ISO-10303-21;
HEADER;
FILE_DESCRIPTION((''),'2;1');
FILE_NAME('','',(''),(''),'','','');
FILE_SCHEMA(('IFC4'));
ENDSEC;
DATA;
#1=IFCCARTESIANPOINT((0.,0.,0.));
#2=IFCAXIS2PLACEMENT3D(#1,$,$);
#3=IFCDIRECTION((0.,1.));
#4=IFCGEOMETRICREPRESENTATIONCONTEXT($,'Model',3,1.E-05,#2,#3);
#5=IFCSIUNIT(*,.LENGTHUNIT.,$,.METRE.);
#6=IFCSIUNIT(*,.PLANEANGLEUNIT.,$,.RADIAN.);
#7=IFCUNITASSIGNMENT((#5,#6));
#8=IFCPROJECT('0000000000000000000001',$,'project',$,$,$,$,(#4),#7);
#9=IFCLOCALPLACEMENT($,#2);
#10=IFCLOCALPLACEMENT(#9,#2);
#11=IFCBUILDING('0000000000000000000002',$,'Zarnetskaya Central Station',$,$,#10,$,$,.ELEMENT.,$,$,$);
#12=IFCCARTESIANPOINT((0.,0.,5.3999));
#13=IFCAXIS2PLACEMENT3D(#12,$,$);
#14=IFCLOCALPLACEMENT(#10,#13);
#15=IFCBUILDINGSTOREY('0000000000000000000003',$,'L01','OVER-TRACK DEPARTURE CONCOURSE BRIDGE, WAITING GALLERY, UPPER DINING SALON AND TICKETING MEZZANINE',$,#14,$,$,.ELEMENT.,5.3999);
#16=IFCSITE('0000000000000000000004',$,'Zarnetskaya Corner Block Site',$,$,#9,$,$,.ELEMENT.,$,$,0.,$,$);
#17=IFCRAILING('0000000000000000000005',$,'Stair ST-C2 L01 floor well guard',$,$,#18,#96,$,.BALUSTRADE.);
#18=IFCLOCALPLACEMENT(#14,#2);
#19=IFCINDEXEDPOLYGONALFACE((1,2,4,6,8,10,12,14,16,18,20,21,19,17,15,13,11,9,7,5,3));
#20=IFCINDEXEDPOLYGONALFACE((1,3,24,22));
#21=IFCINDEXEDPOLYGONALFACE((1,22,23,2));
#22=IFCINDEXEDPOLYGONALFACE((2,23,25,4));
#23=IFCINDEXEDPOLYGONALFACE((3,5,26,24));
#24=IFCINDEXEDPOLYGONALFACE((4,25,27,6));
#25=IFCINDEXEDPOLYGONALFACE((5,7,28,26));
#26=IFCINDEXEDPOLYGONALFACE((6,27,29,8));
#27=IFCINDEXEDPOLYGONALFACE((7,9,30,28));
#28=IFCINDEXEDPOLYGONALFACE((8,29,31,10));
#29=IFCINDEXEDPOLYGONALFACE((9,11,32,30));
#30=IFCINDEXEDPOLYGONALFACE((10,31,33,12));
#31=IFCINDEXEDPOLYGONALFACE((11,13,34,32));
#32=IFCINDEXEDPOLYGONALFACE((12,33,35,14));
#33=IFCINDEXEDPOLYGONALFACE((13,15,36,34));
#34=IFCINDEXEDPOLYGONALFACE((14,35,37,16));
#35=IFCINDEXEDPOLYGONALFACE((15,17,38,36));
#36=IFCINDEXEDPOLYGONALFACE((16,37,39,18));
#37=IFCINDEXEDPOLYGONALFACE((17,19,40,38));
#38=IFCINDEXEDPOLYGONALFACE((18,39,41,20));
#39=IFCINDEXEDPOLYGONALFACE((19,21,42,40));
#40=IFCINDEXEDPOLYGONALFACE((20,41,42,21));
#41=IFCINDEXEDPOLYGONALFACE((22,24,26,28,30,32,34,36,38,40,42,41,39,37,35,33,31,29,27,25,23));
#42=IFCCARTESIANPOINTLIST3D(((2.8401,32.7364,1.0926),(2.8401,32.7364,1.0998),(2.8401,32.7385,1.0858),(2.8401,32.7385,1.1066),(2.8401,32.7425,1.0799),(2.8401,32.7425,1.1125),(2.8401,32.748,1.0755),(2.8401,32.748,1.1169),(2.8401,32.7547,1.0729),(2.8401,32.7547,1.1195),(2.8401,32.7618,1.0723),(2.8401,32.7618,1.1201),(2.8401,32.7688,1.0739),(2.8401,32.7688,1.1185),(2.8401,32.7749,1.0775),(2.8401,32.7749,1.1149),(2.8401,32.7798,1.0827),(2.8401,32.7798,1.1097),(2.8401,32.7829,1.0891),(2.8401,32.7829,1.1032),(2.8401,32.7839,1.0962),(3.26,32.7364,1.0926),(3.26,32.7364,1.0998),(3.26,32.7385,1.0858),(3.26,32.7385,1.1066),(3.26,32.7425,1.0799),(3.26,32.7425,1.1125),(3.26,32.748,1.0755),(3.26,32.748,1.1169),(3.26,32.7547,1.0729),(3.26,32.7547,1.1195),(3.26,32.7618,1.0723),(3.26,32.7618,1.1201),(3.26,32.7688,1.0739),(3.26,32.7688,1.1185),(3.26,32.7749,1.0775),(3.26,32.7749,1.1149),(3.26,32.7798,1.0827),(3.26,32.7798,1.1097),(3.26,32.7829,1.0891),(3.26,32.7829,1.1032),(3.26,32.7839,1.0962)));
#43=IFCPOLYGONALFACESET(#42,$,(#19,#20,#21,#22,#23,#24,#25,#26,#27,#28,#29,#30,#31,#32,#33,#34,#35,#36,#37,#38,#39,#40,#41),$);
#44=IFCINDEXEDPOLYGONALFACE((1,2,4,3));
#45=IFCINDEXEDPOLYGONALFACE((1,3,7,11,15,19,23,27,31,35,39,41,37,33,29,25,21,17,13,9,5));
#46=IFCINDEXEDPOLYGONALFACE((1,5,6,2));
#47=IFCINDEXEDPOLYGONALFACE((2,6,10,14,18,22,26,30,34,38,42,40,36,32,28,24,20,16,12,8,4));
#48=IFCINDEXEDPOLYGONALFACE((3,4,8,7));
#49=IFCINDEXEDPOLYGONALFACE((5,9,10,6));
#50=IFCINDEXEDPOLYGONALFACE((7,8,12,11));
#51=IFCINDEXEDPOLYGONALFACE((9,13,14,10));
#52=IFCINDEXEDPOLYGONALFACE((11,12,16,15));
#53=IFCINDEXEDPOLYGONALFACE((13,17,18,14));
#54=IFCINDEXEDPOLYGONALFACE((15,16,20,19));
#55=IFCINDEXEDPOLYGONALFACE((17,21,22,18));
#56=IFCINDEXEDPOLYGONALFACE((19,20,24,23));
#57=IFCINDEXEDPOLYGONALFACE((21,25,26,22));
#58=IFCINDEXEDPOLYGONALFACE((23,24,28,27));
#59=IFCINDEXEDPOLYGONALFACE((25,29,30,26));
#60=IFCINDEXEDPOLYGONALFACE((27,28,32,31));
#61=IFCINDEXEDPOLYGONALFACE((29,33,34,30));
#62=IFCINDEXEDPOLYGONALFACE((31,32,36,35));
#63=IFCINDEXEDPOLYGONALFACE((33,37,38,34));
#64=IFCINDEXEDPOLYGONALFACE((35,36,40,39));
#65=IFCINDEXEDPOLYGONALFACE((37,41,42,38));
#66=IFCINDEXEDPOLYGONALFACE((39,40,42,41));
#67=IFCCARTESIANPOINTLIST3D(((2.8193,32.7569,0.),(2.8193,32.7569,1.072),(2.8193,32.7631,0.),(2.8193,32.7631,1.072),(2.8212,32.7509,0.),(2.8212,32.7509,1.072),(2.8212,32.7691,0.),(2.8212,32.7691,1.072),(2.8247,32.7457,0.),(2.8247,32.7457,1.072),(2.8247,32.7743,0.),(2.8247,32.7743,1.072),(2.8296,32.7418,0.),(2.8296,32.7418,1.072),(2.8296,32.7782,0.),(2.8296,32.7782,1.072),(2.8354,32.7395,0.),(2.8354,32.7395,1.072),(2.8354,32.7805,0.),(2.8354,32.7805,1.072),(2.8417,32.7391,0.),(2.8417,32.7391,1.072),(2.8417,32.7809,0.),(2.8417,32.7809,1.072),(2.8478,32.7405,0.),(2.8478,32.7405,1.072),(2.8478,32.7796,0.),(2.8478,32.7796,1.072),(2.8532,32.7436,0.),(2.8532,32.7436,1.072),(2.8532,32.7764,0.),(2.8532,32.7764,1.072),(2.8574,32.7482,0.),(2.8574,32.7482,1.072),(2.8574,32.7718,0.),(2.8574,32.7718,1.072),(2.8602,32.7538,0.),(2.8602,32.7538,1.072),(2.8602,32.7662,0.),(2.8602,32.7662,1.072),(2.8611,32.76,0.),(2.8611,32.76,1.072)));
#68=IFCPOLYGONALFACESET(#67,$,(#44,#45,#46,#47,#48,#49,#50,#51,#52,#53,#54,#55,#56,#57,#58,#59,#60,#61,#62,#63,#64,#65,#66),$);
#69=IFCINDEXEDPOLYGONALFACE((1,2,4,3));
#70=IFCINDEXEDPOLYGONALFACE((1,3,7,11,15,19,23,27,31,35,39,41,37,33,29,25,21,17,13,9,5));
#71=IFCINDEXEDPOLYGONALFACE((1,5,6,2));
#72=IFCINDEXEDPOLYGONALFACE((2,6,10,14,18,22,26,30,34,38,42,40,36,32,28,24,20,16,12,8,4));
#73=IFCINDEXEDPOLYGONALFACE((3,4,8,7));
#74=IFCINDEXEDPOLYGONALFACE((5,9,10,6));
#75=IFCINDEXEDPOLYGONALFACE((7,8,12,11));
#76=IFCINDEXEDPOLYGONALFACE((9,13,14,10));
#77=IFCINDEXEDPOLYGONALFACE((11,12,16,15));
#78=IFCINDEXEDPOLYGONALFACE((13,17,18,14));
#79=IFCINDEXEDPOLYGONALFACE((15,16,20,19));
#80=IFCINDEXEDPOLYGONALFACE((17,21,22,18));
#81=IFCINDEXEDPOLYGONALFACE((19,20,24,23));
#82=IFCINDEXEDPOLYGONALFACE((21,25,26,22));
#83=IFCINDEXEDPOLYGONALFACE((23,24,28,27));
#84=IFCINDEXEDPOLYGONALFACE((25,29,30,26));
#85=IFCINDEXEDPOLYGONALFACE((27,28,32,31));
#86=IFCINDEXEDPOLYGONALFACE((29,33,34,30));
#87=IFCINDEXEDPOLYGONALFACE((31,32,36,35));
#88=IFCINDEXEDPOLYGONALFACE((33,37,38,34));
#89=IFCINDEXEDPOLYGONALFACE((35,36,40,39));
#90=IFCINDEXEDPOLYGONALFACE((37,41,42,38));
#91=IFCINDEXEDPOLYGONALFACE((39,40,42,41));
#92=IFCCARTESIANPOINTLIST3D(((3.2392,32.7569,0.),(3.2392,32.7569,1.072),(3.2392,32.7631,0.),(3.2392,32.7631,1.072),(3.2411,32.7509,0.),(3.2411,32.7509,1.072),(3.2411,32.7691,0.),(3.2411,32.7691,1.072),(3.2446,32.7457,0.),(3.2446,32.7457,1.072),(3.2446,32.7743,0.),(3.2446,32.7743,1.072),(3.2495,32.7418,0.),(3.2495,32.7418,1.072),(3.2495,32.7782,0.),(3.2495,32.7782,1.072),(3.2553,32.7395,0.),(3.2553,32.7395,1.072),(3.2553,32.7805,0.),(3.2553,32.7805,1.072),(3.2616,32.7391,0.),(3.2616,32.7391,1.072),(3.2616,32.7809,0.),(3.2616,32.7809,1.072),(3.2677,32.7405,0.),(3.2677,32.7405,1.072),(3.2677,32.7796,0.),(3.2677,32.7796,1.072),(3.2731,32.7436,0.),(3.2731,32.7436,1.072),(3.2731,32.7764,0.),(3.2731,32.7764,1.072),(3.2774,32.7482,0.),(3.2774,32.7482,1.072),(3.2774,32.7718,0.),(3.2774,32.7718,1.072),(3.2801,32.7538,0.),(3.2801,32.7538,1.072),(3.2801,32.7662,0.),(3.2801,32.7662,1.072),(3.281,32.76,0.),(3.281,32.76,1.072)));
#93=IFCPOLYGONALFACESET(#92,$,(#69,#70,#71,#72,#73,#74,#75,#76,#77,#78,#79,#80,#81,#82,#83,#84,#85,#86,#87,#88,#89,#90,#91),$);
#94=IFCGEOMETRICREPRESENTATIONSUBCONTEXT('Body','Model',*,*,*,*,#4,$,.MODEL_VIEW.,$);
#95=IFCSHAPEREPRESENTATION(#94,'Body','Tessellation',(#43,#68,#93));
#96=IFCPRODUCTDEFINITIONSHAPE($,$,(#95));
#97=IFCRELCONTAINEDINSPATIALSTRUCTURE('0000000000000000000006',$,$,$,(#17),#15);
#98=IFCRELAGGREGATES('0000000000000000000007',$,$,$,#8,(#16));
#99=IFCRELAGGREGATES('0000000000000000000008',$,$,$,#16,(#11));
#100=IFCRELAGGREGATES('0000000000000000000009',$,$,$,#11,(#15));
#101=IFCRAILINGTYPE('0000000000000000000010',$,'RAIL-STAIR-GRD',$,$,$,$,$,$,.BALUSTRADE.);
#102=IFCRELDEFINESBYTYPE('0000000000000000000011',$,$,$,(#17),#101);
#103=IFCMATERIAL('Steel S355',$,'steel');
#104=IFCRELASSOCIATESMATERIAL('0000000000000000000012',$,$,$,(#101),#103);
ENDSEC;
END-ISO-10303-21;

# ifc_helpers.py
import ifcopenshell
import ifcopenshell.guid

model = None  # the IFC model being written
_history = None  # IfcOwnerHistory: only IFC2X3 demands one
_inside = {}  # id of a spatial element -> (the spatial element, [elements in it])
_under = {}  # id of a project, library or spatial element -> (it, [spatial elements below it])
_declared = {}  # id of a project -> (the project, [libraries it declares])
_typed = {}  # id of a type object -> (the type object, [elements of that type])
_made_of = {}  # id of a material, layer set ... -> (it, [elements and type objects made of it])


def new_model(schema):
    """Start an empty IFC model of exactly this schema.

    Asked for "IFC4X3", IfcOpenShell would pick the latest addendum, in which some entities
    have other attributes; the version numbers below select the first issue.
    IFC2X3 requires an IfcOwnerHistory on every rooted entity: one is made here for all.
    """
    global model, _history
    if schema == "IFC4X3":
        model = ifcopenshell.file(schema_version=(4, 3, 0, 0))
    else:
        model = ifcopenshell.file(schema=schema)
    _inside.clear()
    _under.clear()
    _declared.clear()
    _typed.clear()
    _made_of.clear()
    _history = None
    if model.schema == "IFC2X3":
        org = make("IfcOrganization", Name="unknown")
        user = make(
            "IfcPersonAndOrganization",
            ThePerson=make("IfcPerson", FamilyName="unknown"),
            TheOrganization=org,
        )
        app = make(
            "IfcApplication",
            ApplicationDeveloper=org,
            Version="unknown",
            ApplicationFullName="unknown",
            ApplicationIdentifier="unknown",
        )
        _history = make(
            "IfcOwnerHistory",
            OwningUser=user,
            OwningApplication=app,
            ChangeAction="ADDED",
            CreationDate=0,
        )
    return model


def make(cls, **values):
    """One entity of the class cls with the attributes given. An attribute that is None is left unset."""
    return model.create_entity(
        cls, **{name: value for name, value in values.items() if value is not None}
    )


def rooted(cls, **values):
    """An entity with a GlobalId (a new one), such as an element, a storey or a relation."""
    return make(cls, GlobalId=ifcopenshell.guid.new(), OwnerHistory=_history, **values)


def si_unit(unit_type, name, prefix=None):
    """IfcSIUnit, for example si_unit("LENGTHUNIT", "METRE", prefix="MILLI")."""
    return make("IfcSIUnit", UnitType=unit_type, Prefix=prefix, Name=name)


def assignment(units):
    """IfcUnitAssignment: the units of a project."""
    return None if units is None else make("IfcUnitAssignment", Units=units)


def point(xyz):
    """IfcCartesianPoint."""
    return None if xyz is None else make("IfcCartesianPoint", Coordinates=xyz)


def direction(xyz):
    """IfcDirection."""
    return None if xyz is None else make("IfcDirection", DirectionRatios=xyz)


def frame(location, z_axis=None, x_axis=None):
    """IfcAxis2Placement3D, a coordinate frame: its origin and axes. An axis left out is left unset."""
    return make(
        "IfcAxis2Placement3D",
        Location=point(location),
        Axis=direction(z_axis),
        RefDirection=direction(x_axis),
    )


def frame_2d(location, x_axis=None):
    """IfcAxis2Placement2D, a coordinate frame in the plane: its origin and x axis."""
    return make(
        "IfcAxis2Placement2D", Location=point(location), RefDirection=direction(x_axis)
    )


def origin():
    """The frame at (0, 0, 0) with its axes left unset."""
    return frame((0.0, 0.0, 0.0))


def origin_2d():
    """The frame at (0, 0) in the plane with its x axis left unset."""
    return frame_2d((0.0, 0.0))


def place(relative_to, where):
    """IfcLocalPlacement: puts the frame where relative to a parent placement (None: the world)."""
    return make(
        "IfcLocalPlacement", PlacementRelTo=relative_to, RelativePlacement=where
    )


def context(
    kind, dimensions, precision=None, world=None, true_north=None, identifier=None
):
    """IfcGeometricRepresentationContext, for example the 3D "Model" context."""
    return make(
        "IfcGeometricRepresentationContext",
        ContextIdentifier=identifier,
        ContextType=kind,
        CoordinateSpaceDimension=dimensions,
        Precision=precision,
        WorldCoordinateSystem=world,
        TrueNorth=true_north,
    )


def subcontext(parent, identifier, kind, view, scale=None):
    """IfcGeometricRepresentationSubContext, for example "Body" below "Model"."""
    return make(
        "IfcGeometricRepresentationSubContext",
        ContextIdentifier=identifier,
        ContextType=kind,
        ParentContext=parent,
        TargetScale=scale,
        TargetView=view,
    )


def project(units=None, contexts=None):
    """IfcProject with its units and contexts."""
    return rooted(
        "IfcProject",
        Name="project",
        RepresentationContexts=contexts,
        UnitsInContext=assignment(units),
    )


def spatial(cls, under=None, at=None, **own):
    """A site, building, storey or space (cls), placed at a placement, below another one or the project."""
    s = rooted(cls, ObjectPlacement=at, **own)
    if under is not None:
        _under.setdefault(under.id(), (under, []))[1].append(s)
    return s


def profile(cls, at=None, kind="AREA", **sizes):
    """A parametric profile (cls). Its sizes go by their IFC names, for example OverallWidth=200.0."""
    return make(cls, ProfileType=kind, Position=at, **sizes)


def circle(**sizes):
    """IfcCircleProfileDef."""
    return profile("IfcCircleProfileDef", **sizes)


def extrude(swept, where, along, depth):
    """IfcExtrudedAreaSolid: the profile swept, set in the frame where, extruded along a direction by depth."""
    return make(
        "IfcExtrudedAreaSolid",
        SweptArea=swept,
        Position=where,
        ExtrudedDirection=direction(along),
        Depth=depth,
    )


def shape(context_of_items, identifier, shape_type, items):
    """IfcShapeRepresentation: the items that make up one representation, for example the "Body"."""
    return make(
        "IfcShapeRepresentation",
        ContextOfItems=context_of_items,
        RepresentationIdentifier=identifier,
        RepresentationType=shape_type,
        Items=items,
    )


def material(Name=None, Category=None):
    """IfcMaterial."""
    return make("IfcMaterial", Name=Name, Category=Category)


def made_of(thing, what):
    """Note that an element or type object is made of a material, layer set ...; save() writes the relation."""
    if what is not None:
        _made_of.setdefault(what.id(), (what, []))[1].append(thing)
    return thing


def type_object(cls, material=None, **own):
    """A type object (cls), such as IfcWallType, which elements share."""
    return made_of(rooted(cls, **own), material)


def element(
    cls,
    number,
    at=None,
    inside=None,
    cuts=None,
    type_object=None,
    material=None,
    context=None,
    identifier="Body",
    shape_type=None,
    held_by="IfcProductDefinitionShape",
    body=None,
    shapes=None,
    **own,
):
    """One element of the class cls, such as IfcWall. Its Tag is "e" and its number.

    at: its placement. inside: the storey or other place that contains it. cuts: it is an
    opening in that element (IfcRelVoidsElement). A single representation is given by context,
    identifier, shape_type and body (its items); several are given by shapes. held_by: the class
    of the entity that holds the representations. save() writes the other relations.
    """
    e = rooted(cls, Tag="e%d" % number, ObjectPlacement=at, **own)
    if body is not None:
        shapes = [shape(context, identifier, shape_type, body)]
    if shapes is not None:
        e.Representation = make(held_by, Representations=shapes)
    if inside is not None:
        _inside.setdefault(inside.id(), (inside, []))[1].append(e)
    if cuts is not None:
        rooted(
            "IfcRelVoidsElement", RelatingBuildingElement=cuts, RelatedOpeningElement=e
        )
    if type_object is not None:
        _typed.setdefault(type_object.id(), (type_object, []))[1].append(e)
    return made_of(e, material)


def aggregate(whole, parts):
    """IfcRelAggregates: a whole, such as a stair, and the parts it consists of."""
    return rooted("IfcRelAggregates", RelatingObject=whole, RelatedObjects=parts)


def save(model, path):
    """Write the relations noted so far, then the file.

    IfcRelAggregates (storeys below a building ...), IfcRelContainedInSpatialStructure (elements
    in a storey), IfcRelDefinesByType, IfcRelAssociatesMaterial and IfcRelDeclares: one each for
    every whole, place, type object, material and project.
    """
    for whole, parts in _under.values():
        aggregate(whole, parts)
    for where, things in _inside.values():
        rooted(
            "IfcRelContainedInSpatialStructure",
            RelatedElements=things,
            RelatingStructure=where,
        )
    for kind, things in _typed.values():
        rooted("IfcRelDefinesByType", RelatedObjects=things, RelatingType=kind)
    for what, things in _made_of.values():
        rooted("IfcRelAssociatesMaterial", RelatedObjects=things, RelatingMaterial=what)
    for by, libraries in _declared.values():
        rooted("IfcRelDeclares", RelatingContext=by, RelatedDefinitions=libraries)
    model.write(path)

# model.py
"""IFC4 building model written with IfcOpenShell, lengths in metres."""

from ifc_helpers import new_model, si_unit, direction, frame, origin, origin_2d, place, context, subcontext, project, spatial, circle, extrude, material, type_object, element, save


model = new_model("IFC4")

# Units and contexts
model_context = context("Model", 3, precision=1e-05, world=origin(), true_north=direction((0.0, 1.0)))
body_context = subcontext(model_context, "Body", "Model", "MODEL_VIEW")
ifc_project = project(units=[si_unit("LENGTHUNIT", "METRE"), si_unit("PLANEANGLEUNIT", "RADIAN")], contexts=[model_context])

# Site, building, storey
site_placement = place(None, origin())
site = spatial("IfcSite", under=ifc_project, at=site_placement, Name="Zarnetskaya Corner Block Site", CompositionType="ELEMENT", RefElevation=0.0)
building_placement = place(site_placement, origin())
building = spatial("IfcBuilding", under=site, at=building_placement, Name="Zarnetskaya Central Station", CompositionType="ELEMENT")
storey_placement = place(building_placement, frame((0.0, 0.0, 5.3999)))
storey = spatial("IfcBuildingStorey", under=building, at=storey_placement, Name="L01", Description="OVER-TRACK DEPARTURE CONCOURSE BRIDGE, WAITING GALLERY, UPPER DINING SALON AND TICKETING MEZZANINE", CompositionType="ELEMENT", Elevation=5.3999)

# Shared definitions
ifc_material_1 = material(Name="Steel S355", Category="steel")

# Railing
railing_type_1 = type_object("IfcRailingType", Name="RAIL-STAIR-GRD", PredefinedType="BALUSTRADE", material=ifc_material_1)
railing_1_placement = place(storey_placement, frame((2.8401, 32.76, 0.0)))
element("IfcRailing", 1, at=railing_1_placement, inside=storey, type_object=railing_type_1, Name="Stair ST-C2 L01 floor well guard", PredefinedType="BALUSTRADE", context=body_context, shape_type="SweptSolid", body=[
    extrude(circle(Radius=0.0239, at=origin_2d()), frame((0.0, 0.0, 1.0962), z_axis=(1.0, 0.0, 0.0), x_axis=(0.0, 1.0, 0.0)), (0.0, 0.0, 1.0), 0.4199),
    extrude(circle(Radius=0.021, at=origin_2d()), origin(), (0.0, 0.0, 1.0), 1.072),
    extrude(circle(Radius=0.021, at=origin_2d()), frame((0.4199, 0.0, 0.0)), (0.0, 0.0, 1.0), 1.072),
])

save(model, "model.ifc")
